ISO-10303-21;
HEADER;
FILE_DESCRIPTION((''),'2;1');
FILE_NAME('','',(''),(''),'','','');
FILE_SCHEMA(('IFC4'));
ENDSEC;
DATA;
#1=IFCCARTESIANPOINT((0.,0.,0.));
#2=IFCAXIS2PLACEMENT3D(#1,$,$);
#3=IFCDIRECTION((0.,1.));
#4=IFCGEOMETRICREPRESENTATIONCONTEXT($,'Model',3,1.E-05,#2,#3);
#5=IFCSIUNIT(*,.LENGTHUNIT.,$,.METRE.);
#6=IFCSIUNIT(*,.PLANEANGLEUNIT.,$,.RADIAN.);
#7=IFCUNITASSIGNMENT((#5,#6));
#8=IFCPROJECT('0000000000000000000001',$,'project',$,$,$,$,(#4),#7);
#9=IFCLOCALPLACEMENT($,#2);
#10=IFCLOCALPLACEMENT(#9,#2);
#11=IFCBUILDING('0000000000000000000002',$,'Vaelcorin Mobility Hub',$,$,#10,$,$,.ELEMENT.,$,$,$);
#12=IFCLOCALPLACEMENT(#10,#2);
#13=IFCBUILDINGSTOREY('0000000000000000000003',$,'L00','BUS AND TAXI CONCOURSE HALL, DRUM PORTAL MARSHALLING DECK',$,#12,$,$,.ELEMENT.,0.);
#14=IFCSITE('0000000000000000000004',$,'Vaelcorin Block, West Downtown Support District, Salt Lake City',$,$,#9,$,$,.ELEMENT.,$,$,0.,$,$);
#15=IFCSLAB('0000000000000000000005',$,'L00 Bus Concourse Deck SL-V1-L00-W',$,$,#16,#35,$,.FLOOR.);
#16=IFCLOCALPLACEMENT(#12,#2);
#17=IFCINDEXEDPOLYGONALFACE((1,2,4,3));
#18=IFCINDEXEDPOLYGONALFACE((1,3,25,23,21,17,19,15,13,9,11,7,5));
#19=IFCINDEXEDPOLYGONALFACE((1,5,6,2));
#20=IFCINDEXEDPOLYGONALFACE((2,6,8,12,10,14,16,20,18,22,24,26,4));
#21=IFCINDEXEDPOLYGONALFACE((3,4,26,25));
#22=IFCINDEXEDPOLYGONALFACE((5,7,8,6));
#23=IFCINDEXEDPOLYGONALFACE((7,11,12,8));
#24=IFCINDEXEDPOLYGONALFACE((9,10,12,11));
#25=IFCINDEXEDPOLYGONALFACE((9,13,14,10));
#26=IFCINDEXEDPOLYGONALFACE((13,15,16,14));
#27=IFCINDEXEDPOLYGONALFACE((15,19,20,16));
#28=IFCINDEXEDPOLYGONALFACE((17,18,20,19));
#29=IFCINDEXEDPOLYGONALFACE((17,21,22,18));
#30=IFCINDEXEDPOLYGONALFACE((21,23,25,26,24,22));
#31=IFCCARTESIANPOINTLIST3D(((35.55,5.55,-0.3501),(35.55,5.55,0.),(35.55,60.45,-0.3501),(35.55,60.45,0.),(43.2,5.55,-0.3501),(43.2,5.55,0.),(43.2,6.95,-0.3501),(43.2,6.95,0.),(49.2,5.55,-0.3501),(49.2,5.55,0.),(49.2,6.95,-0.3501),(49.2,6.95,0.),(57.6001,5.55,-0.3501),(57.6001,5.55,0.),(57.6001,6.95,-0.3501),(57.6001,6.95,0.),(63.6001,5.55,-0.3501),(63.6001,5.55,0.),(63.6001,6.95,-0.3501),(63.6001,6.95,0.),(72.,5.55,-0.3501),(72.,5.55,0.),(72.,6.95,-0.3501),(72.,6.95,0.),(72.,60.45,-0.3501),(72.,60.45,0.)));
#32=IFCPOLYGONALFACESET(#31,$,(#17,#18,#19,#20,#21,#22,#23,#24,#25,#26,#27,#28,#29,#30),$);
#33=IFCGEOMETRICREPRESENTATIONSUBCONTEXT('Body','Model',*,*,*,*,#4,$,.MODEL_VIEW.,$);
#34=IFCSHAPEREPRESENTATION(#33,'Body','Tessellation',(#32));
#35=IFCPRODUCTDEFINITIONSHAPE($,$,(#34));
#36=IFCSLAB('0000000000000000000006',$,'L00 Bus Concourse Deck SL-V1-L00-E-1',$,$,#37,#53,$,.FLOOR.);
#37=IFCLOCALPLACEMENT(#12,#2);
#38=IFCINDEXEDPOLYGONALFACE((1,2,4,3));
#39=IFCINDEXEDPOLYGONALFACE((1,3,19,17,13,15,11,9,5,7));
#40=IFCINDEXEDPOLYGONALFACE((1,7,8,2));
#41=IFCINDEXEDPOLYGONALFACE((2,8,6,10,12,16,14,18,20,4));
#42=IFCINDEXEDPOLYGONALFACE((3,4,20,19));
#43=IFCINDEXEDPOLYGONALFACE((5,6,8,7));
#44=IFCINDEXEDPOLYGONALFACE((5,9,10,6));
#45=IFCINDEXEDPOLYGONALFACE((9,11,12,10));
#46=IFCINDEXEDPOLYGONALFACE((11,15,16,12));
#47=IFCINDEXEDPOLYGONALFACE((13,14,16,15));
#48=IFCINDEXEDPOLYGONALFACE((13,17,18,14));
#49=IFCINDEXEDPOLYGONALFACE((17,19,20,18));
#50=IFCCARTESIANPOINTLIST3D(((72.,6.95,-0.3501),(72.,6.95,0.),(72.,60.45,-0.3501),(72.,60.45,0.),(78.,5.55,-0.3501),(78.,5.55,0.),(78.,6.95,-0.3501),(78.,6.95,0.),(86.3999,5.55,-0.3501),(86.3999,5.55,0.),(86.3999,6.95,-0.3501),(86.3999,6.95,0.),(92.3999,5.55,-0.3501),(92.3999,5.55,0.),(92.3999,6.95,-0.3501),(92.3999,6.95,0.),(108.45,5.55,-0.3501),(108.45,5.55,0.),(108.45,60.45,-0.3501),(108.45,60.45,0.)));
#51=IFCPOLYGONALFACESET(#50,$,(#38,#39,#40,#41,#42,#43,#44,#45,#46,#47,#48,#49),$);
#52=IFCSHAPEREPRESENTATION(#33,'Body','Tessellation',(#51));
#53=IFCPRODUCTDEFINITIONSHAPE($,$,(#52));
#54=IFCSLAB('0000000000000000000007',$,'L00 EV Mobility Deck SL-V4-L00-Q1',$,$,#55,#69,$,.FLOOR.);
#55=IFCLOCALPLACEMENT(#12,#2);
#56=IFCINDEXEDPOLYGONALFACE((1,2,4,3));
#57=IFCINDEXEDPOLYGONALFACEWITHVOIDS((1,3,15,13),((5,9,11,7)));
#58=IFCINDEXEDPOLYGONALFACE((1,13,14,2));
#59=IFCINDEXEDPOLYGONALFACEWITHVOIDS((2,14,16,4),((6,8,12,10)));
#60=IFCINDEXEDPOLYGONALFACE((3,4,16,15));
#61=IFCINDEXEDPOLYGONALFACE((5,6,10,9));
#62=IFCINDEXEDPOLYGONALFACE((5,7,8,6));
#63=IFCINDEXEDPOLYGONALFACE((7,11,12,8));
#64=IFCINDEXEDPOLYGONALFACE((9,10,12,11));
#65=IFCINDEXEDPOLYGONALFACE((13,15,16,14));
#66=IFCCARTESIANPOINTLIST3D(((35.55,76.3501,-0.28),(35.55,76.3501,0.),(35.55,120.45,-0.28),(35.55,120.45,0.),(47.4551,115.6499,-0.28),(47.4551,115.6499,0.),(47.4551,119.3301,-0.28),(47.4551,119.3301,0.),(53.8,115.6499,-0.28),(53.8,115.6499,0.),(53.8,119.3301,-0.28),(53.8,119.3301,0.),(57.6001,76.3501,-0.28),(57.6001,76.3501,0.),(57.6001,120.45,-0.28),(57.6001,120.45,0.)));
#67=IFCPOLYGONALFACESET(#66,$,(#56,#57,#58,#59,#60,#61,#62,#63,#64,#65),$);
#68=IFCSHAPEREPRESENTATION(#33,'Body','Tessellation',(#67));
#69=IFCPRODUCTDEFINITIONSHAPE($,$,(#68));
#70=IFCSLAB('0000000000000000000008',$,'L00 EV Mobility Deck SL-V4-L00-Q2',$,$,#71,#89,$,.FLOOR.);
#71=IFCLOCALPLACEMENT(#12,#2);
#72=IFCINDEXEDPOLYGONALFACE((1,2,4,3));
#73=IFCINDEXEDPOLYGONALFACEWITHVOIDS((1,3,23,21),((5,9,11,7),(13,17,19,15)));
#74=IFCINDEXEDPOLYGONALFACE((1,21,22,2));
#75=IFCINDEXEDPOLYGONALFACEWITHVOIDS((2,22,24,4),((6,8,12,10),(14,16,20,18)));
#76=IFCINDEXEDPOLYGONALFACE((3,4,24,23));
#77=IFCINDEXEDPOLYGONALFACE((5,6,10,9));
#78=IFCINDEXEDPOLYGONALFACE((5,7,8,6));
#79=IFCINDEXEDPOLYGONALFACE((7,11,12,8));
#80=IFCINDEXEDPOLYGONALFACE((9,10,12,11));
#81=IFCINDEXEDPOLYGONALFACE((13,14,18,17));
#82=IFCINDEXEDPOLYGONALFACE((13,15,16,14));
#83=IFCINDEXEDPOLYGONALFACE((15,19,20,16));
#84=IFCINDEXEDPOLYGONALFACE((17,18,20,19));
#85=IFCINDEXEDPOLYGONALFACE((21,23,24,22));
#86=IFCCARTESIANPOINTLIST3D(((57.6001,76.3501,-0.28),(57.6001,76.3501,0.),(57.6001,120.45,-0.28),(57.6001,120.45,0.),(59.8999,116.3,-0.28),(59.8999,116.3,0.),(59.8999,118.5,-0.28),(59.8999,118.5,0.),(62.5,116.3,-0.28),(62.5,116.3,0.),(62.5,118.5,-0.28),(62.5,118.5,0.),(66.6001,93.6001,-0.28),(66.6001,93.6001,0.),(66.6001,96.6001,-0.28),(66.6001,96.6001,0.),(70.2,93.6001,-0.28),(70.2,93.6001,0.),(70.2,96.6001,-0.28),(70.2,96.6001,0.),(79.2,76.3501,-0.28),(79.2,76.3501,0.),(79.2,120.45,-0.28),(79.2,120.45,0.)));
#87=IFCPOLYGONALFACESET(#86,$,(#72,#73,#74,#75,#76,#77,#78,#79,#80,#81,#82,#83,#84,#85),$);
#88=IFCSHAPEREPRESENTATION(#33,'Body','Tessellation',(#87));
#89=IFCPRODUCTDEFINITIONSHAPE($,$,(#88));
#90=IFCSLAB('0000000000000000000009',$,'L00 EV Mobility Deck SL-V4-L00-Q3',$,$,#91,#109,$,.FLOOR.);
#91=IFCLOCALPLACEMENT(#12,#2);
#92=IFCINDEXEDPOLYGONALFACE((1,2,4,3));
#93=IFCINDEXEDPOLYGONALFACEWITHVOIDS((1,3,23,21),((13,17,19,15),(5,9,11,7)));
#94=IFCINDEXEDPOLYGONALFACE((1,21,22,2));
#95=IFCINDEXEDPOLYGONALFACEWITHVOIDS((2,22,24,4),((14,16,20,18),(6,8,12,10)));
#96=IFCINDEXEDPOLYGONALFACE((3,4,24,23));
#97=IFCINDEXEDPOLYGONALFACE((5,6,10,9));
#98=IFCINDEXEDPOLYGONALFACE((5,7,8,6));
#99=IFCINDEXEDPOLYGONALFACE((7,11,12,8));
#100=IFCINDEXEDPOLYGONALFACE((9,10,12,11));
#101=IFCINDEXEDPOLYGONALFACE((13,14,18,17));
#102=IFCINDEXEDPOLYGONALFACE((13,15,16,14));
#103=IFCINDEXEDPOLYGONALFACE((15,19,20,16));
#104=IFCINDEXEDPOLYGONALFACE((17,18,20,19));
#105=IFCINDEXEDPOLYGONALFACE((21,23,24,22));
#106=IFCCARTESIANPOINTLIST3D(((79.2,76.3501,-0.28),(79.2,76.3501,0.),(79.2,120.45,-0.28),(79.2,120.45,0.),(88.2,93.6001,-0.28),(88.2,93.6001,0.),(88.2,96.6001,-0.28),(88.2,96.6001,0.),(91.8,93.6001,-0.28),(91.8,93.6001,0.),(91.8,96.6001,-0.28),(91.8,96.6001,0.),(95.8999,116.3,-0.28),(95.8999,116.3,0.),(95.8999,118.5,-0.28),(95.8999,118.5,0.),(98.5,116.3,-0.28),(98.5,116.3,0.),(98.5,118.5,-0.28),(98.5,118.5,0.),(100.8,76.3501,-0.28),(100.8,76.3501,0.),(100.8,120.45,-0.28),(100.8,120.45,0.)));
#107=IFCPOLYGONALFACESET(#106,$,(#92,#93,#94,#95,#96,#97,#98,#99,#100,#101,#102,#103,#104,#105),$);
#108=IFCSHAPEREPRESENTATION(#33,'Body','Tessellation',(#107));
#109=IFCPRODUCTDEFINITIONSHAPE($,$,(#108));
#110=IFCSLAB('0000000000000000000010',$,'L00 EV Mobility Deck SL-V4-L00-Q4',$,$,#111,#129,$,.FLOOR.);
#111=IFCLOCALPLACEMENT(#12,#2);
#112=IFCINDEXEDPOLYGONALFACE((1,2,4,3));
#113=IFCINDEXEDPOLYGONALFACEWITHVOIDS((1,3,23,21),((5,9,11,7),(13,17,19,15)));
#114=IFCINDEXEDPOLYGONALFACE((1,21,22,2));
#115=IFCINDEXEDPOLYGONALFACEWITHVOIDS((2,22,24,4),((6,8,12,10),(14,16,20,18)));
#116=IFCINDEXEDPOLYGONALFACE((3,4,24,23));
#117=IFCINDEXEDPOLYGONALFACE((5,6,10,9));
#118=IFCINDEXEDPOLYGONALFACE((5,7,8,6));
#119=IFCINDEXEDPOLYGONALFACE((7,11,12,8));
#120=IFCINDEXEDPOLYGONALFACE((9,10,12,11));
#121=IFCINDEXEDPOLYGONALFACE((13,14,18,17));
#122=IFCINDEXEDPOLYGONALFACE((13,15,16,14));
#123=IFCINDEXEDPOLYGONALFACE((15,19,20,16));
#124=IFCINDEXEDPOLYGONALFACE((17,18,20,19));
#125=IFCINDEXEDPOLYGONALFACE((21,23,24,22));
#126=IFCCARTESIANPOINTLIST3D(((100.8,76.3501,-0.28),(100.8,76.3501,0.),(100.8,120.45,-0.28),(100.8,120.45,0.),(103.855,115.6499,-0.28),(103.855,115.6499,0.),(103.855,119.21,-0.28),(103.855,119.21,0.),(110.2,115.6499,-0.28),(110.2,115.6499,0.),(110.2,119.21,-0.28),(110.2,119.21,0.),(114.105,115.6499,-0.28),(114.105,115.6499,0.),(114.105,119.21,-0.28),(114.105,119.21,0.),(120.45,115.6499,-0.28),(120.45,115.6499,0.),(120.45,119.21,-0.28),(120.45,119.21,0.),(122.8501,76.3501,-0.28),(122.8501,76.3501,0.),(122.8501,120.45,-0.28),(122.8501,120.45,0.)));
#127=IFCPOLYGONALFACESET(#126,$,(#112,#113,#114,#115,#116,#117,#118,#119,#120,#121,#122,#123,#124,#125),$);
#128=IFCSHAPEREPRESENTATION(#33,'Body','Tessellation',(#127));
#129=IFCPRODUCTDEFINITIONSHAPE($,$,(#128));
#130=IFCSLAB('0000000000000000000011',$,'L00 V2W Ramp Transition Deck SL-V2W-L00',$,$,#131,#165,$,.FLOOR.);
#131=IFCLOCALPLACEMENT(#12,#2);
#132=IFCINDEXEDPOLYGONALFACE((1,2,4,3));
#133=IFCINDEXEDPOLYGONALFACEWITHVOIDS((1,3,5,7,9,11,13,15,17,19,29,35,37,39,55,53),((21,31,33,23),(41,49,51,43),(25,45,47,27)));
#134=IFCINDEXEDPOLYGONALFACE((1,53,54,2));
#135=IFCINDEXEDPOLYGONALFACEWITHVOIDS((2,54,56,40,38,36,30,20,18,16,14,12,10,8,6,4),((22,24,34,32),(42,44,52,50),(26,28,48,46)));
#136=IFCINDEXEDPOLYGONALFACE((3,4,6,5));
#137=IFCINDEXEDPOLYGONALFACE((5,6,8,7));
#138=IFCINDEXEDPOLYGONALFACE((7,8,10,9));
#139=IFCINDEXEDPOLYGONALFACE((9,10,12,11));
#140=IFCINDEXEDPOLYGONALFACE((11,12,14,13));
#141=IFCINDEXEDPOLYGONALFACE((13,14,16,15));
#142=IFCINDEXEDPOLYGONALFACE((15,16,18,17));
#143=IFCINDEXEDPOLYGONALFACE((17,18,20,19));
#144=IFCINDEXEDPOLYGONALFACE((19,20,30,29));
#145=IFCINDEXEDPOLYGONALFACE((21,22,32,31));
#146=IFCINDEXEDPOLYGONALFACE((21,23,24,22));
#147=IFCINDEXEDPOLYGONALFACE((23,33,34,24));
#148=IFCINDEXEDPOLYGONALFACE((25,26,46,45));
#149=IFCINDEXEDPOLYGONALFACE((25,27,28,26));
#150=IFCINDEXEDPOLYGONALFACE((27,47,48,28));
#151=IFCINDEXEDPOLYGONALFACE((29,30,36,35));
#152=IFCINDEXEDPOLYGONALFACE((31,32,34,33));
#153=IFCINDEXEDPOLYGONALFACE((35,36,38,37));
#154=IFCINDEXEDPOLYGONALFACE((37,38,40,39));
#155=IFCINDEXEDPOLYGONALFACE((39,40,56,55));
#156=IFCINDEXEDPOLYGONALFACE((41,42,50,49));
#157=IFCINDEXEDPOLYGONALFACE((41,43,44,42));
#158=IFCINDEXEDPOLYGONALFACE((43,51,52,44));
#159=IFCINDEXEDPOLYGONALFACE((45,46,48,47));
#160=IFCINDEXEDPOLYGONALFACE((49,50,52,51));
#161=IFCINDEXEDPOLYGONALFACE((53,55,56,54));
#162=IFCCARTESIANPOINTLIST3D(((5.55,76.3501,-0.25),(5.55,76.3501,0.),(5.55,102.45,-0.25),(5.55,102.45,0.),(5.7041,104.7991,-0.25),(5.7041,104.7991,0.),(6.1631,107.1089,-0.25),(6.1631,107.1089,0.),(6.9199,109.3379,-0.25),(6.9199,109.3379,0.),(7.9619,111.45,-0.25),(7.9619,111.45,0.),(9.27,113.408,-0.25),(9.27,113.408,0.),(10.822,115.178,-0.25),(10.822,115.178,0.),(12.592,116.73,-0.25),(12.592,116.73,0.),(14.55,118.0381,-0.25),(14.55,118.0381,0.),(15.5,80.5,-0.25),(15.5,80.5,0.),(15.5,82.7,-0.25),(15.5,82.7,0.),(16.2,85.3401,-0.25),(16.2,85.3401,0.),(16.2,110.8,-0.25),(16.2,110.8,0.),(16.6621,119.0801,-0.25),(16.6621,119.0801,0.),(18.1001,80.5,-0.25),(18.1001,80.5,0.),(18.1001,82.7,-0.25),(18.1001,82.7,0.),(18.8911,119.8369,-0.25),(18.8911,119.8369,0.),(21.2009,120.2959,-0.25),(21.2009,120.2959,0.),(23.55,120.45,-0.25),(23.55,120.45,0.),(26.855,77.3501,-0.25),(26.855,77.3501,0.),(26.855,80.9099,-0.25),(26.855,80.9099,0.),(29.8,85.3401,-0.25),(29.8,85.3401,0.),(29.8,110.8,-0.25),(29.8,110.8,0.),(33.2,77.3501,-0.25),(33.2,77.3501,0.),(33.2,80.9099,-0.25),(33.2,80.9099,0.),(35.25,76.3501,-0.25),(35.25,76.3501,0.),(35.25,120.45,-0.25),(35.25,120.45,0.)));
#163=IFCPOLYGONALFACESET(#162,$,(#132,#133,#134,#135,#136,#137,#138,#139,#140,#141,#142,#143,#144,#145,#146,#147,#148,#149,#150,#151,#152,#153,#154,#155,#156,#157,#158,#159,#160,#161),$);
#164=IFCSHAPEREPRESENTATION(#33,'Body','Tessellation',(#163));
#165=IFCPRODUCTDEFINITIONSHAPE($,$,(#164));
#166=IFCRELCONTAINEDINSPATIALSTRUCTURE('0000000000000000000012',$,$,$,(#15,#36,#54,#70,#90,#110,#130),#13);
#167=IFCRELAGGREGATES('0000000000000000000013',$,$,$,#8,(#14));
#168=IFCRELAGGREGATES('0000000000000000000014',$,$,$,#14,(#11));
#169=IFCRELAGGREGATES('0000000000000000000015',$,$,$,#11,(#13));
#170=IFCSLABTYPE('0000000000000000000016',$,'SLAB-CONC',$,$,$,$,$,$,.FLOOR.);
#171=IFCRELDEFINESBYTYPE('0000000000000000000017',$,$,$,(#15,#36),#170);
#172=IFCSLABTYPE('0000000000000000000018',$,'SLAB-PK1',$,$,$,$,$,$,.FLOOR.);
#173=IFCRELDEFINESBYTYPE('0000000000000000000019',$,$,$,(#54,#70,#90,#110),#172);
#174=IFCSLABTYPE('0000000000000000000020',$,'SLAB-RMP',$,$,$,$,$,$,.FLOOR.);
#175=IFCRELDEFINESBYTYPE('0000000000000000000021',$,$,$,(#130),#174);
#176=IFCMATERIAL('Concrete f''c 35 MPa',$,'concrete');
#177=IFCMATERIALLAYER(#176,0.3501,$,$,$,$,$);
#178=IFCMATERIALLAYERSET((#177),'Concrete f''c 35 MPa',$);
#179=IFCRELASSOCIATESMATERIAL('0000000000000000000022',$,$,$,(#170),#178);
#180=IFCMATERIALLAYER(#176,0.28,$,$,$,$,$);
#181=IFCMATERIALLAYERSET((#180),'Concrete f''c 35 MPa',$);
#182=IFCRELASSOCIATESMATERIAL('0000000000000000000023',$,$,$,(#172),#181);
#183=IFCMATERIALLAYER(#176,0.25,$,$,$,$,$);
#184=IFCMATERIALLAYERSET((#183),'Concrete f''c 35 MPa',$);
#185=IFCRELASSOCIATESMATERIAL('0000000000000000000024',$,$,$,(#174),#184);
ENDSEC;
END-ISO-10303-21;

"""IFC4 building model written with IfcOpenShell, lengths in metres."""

from ifc_helpers import new_model, si_unit, direction, frame, origin, place, context, subcontext, project, spatial, polyline, outline, extrude, material, layer, layer_set, type_object, element, save


model = new_model("IFC4")

# Units and contexts
model_context = context("Model", 3, precision=1e-05, world=origin(), true_north=direction((0.0, 1.0)))
body_context = subcontext(model_context, "Body", "Model", "MODEL_VIEW")
ifc_project = project(units=[si_unit("LENGTHUNIT", "METRE"), si_unit("PLANEANGLEUNIT", "RADIAN")], contexts=[model_context])

# Site, building, storey
site_placement = place(None, origin())
site = spatial("IfcSite", under=ifc_project, at=site_placement, Name="Vaelcorin Block, West Downtown Support District, Salt Lake City", CompositionType="ELEMENT", RefElevation=0.0)
building_placement = place(site_placement, origin())
building = spatial("IfcBuilding", under=site, at=building_placement, Name="Vaelcorin Mobility Hub", CompositionType="ELEMENT")
storey_placement = place(building_placement, origin())
storey = spatial("IfcBuildingStorey", under=building, at=storey_placement, Name="L00", Description="BUS AND TAXI CONCOURSE HALL, DRUM PORTAL MARSHALLING DECK", CompositionType="ELEMENT", Elevation=0.0)

# Slabs
ifc_material_1 = material(Name="Concrete f'c 35 MPa", Category="concrete")
ifc_layer_1 = layer(ifc_material_1, 0.3501)
ifc_layer_set_1 = layer_set([ifc_layer_1], Name="Concrete f'c 35 MPa")
slab_type_1 = type_object("IfcSlabType", Name="SLAB-CONC", PredefinedType="FLOOR", material=ifc_layer_set_1)
slab_1_placement = place(storey_placement, frame((0.0, 0.0, -0.3501)))
element("IfcSlab", 1, at=slab_1_placement, inside=storey, type_object=slab_type_1, Name="L00 Bus Concourse Deck SL-V1-L00-W", PredefinedType="FLOOR", context=body_context, shape_type="SweptSolid", body=[
    extrude(outline(polyline([(72.0, 60.45), (72.0, 6.95), (72.0, 5.55), (63.6001, 5.55), (63.6001, 6.95), (57.6001, 6.95), (57.6001, 5.55), (49.2, 5.55), (49.2, 6.95), (43.2, 6.95), (43.2, 5.55), (35.55, 5.55), (35.55, 60.45), (72.0, 60.45)])), origin(), (0.0, 0.0, 1.0), 0.3501),
])
slab_2_placement = place(storey_placement, frame((0.0, 0.0, -0.3501)))
element("IfcSlab", 2, at=slab_2_placement, inside=storey, type_object=slab_type_1, Name="L00 Bus Concourse Deck SL-V1-L00-E-1", PredefinedType="FLOOR", context=body_context, shape_type="SweptSolid", body=[
    extrude(outline(polyline([(108.45, 5.55), (92.3999, 5.55), (92.3999, 6.95), (86.3999, 6.95), (86.3999, 5.55), (78.0, 5.55), (78.0, 6.95), (72.0, 6.95), (72.0, 60.45), (108.45, 60.45), (108.45, 5.55)])), origin(), (0.0, 0.0, 1.0), 0.3501),
])
ifc_layer_2 = layer(ifc_material_1, 0.28)
ifc_layer_set_2 = layer_set([ifc_layer_2], Name="Concrete f'c 35 MPa")
slab_type_2 = type_object("IfcSlabType", Name="SLAB-PK1", PredefinedType="FLOOR", material=ifc_layer_set_2)
slab_3_placement = place(storey_placement, frame((0.0, 0.0, -0.28)))
element("IfcSlab", 3, at=slab_3_placement, inside=storey, type_object=slab_type_2, Name="L00 EV Mobility Deck SL-V4-L00-Q1", PredefinedType="FLOOR", context=body_context, shape_type="SweptSolid", body=[
    extrude(outline(polyline([(35.55, 120.45), (57.6001, 120.45), (57.6001, 76.3501), (35.55, 76.3501), (35.55, 120.45)]), holes=[polyline([(53.8, 119.3301), (47.4551, 119.3301), (47.4551, 115.6499), (53.8, 115.6499), (53.8, 119.3301)])]), origin(), (0.0, 0.0, 1.0), 0.28),
])
slab_4_placement = place(storey_placement, frame((0.0, 0.0, -0.28)))
element("IfcSlab", 4, at=slab_4_placement, inside=storey, type_object=slab_type_2, Name="L00 EV Mobility Deck SL-V4-L00-Q2", PredefinedType="FLOOR", context=body_context, shape_type="SweptSolid", body=[
    extrude(outline(polyline([(57.6001, 120.45), (79.2, 120.45), (79.2, 76.3501), (57.6001, 76.3501), (57.6001, 120.45)]), holes=[polyline([(70.2, 96.6001), (66.6001, 96.6001), (66.6001, 93.6001), (70.2, 93.6001), (70.2, 96.6001)]), polyline([(62.5, 118.5), (59.8999, 118.5), (59.8999, 116.3), (62.5, 116.3), (62.5, 118.5)])]), origin(), (0.0, 0.0, 1.0), 0.28),
])
slab_5_placement = place(storey_placement, frame((0.0, 0.0, -0.28)))
element("IfcSlab", 5, at=slab_5_placement, inside=storey, type_object=slab_type_2, Name="L00 EV Mobility Deck SL-V4-L00-Q3", PredefinedType="FLOOR", context=body_context, shape_type="SweptSolid", body=[
    extrude(outline(polyline([(79.2, 120.45), (100.8, 120.45), (100.8, 76.3501), (79.2, 76.3501), (79.2, 120.45)]), holes=[polyline([(91.8, 96.6001), (88.2, 96.6001), (88.2, 93.6001), (91.8, 93.6001), (91.8, 96.6001)]), polyline([(98.5, 118.5), (95.8999, 118.5), (95.8999, 116.3), (98.5, 116.3), (98.5, 118.5)])]), origin(), (0.0, 0.0, 1.0), 0.28),
])
slab_6_placement = place(storey_placement, frame((0.0, 0.0, -0.28)))
element("IfcSlab", 6, at=slab_6_placement, inside=storey, type_object=slab_type_2, Name="L00 EV Mobility Deck SL-V4-L00-Q4", PredefinedType="FLOOR", context=body_context, shape_type="SweptSolid", body=[
    extrude(outline(polyline([(100.8, 120.45), (122.8501, 120.45), (122.8501, 76.3501), (100.8, 76.3501), (100.8, 120.45)]), holes=[polyline([(110.2, 119.21), (103.855, 119.21), (103.855, 115.6499), (110.2, 115.6499), (110.2, 119.21)]), polyline([(120.45, 119.21), (114.105, 119.21), (114.105, 115.6499), (120.45, 115.6499), (120.45, 119.21)])]), origin(), (0.0, 0.0, 1.0), 0.28),
])
ifc_layer_3 = layer(ifc_material_1, 0.25)
ifc_layer_set_3 = layer_set([ifc_layer_3], Name="Concrete f'c 35 MPa")
slab_type_3 = type_object("IfcSlabType", Name="SLAB-RMP", PredefinedType="FLOOR", material=ifc_layer_set_3)
slab_7_placement = place(storey_placement, frame((0.0, 0.0, -0.25)))
element("IfcSlab", 7, at=slab_7_placement, inside=storey, type_object=slab_type_3, Name="L00 V2W Ramp Transition Deck SL-V2W-L00", PredefinedType="FLOOR", context=body_context, shape_type="SweptSolid", body=[
    extrude(outline(polyline([(5.55, 102.45), (5.7041, 104.7991), (6.1631, 107.1089), (6.9199, 109.3379), (7.9619, 111.45), (9.27, 113.408), (10.822, 115.178), (12.592, 116.73), (14.55, 118.0381), (16.6621, 119.0801), (18.8911, 119.8369), (21.2009, 120.2959), (23.55, 120.45), (35.25, 120.45), (35.25, 76.3501), (5.55, 76.3501), (5.55, 102.45)]), holes=[polyline([(26.855, 80.9099), (26.855, 77.3501), (33.2, 77.3501), (33.2, 80.9099), (26.855, 80.9099)]), polyline([(18.1001, 82.7), (15.5, 82.7), (15.5, 80.5), (18.1001, 80.5), (18.1001, 82.7)]), polyline([(29.8, 110.8), (16.2, 110.8), (16.2, 85.3401), (29.8, 85.3401), (29.8, 110.8)])]), origin(), (0.0, 0.0, 1.0), 0.25),
])

save(model, "model.ifc")
